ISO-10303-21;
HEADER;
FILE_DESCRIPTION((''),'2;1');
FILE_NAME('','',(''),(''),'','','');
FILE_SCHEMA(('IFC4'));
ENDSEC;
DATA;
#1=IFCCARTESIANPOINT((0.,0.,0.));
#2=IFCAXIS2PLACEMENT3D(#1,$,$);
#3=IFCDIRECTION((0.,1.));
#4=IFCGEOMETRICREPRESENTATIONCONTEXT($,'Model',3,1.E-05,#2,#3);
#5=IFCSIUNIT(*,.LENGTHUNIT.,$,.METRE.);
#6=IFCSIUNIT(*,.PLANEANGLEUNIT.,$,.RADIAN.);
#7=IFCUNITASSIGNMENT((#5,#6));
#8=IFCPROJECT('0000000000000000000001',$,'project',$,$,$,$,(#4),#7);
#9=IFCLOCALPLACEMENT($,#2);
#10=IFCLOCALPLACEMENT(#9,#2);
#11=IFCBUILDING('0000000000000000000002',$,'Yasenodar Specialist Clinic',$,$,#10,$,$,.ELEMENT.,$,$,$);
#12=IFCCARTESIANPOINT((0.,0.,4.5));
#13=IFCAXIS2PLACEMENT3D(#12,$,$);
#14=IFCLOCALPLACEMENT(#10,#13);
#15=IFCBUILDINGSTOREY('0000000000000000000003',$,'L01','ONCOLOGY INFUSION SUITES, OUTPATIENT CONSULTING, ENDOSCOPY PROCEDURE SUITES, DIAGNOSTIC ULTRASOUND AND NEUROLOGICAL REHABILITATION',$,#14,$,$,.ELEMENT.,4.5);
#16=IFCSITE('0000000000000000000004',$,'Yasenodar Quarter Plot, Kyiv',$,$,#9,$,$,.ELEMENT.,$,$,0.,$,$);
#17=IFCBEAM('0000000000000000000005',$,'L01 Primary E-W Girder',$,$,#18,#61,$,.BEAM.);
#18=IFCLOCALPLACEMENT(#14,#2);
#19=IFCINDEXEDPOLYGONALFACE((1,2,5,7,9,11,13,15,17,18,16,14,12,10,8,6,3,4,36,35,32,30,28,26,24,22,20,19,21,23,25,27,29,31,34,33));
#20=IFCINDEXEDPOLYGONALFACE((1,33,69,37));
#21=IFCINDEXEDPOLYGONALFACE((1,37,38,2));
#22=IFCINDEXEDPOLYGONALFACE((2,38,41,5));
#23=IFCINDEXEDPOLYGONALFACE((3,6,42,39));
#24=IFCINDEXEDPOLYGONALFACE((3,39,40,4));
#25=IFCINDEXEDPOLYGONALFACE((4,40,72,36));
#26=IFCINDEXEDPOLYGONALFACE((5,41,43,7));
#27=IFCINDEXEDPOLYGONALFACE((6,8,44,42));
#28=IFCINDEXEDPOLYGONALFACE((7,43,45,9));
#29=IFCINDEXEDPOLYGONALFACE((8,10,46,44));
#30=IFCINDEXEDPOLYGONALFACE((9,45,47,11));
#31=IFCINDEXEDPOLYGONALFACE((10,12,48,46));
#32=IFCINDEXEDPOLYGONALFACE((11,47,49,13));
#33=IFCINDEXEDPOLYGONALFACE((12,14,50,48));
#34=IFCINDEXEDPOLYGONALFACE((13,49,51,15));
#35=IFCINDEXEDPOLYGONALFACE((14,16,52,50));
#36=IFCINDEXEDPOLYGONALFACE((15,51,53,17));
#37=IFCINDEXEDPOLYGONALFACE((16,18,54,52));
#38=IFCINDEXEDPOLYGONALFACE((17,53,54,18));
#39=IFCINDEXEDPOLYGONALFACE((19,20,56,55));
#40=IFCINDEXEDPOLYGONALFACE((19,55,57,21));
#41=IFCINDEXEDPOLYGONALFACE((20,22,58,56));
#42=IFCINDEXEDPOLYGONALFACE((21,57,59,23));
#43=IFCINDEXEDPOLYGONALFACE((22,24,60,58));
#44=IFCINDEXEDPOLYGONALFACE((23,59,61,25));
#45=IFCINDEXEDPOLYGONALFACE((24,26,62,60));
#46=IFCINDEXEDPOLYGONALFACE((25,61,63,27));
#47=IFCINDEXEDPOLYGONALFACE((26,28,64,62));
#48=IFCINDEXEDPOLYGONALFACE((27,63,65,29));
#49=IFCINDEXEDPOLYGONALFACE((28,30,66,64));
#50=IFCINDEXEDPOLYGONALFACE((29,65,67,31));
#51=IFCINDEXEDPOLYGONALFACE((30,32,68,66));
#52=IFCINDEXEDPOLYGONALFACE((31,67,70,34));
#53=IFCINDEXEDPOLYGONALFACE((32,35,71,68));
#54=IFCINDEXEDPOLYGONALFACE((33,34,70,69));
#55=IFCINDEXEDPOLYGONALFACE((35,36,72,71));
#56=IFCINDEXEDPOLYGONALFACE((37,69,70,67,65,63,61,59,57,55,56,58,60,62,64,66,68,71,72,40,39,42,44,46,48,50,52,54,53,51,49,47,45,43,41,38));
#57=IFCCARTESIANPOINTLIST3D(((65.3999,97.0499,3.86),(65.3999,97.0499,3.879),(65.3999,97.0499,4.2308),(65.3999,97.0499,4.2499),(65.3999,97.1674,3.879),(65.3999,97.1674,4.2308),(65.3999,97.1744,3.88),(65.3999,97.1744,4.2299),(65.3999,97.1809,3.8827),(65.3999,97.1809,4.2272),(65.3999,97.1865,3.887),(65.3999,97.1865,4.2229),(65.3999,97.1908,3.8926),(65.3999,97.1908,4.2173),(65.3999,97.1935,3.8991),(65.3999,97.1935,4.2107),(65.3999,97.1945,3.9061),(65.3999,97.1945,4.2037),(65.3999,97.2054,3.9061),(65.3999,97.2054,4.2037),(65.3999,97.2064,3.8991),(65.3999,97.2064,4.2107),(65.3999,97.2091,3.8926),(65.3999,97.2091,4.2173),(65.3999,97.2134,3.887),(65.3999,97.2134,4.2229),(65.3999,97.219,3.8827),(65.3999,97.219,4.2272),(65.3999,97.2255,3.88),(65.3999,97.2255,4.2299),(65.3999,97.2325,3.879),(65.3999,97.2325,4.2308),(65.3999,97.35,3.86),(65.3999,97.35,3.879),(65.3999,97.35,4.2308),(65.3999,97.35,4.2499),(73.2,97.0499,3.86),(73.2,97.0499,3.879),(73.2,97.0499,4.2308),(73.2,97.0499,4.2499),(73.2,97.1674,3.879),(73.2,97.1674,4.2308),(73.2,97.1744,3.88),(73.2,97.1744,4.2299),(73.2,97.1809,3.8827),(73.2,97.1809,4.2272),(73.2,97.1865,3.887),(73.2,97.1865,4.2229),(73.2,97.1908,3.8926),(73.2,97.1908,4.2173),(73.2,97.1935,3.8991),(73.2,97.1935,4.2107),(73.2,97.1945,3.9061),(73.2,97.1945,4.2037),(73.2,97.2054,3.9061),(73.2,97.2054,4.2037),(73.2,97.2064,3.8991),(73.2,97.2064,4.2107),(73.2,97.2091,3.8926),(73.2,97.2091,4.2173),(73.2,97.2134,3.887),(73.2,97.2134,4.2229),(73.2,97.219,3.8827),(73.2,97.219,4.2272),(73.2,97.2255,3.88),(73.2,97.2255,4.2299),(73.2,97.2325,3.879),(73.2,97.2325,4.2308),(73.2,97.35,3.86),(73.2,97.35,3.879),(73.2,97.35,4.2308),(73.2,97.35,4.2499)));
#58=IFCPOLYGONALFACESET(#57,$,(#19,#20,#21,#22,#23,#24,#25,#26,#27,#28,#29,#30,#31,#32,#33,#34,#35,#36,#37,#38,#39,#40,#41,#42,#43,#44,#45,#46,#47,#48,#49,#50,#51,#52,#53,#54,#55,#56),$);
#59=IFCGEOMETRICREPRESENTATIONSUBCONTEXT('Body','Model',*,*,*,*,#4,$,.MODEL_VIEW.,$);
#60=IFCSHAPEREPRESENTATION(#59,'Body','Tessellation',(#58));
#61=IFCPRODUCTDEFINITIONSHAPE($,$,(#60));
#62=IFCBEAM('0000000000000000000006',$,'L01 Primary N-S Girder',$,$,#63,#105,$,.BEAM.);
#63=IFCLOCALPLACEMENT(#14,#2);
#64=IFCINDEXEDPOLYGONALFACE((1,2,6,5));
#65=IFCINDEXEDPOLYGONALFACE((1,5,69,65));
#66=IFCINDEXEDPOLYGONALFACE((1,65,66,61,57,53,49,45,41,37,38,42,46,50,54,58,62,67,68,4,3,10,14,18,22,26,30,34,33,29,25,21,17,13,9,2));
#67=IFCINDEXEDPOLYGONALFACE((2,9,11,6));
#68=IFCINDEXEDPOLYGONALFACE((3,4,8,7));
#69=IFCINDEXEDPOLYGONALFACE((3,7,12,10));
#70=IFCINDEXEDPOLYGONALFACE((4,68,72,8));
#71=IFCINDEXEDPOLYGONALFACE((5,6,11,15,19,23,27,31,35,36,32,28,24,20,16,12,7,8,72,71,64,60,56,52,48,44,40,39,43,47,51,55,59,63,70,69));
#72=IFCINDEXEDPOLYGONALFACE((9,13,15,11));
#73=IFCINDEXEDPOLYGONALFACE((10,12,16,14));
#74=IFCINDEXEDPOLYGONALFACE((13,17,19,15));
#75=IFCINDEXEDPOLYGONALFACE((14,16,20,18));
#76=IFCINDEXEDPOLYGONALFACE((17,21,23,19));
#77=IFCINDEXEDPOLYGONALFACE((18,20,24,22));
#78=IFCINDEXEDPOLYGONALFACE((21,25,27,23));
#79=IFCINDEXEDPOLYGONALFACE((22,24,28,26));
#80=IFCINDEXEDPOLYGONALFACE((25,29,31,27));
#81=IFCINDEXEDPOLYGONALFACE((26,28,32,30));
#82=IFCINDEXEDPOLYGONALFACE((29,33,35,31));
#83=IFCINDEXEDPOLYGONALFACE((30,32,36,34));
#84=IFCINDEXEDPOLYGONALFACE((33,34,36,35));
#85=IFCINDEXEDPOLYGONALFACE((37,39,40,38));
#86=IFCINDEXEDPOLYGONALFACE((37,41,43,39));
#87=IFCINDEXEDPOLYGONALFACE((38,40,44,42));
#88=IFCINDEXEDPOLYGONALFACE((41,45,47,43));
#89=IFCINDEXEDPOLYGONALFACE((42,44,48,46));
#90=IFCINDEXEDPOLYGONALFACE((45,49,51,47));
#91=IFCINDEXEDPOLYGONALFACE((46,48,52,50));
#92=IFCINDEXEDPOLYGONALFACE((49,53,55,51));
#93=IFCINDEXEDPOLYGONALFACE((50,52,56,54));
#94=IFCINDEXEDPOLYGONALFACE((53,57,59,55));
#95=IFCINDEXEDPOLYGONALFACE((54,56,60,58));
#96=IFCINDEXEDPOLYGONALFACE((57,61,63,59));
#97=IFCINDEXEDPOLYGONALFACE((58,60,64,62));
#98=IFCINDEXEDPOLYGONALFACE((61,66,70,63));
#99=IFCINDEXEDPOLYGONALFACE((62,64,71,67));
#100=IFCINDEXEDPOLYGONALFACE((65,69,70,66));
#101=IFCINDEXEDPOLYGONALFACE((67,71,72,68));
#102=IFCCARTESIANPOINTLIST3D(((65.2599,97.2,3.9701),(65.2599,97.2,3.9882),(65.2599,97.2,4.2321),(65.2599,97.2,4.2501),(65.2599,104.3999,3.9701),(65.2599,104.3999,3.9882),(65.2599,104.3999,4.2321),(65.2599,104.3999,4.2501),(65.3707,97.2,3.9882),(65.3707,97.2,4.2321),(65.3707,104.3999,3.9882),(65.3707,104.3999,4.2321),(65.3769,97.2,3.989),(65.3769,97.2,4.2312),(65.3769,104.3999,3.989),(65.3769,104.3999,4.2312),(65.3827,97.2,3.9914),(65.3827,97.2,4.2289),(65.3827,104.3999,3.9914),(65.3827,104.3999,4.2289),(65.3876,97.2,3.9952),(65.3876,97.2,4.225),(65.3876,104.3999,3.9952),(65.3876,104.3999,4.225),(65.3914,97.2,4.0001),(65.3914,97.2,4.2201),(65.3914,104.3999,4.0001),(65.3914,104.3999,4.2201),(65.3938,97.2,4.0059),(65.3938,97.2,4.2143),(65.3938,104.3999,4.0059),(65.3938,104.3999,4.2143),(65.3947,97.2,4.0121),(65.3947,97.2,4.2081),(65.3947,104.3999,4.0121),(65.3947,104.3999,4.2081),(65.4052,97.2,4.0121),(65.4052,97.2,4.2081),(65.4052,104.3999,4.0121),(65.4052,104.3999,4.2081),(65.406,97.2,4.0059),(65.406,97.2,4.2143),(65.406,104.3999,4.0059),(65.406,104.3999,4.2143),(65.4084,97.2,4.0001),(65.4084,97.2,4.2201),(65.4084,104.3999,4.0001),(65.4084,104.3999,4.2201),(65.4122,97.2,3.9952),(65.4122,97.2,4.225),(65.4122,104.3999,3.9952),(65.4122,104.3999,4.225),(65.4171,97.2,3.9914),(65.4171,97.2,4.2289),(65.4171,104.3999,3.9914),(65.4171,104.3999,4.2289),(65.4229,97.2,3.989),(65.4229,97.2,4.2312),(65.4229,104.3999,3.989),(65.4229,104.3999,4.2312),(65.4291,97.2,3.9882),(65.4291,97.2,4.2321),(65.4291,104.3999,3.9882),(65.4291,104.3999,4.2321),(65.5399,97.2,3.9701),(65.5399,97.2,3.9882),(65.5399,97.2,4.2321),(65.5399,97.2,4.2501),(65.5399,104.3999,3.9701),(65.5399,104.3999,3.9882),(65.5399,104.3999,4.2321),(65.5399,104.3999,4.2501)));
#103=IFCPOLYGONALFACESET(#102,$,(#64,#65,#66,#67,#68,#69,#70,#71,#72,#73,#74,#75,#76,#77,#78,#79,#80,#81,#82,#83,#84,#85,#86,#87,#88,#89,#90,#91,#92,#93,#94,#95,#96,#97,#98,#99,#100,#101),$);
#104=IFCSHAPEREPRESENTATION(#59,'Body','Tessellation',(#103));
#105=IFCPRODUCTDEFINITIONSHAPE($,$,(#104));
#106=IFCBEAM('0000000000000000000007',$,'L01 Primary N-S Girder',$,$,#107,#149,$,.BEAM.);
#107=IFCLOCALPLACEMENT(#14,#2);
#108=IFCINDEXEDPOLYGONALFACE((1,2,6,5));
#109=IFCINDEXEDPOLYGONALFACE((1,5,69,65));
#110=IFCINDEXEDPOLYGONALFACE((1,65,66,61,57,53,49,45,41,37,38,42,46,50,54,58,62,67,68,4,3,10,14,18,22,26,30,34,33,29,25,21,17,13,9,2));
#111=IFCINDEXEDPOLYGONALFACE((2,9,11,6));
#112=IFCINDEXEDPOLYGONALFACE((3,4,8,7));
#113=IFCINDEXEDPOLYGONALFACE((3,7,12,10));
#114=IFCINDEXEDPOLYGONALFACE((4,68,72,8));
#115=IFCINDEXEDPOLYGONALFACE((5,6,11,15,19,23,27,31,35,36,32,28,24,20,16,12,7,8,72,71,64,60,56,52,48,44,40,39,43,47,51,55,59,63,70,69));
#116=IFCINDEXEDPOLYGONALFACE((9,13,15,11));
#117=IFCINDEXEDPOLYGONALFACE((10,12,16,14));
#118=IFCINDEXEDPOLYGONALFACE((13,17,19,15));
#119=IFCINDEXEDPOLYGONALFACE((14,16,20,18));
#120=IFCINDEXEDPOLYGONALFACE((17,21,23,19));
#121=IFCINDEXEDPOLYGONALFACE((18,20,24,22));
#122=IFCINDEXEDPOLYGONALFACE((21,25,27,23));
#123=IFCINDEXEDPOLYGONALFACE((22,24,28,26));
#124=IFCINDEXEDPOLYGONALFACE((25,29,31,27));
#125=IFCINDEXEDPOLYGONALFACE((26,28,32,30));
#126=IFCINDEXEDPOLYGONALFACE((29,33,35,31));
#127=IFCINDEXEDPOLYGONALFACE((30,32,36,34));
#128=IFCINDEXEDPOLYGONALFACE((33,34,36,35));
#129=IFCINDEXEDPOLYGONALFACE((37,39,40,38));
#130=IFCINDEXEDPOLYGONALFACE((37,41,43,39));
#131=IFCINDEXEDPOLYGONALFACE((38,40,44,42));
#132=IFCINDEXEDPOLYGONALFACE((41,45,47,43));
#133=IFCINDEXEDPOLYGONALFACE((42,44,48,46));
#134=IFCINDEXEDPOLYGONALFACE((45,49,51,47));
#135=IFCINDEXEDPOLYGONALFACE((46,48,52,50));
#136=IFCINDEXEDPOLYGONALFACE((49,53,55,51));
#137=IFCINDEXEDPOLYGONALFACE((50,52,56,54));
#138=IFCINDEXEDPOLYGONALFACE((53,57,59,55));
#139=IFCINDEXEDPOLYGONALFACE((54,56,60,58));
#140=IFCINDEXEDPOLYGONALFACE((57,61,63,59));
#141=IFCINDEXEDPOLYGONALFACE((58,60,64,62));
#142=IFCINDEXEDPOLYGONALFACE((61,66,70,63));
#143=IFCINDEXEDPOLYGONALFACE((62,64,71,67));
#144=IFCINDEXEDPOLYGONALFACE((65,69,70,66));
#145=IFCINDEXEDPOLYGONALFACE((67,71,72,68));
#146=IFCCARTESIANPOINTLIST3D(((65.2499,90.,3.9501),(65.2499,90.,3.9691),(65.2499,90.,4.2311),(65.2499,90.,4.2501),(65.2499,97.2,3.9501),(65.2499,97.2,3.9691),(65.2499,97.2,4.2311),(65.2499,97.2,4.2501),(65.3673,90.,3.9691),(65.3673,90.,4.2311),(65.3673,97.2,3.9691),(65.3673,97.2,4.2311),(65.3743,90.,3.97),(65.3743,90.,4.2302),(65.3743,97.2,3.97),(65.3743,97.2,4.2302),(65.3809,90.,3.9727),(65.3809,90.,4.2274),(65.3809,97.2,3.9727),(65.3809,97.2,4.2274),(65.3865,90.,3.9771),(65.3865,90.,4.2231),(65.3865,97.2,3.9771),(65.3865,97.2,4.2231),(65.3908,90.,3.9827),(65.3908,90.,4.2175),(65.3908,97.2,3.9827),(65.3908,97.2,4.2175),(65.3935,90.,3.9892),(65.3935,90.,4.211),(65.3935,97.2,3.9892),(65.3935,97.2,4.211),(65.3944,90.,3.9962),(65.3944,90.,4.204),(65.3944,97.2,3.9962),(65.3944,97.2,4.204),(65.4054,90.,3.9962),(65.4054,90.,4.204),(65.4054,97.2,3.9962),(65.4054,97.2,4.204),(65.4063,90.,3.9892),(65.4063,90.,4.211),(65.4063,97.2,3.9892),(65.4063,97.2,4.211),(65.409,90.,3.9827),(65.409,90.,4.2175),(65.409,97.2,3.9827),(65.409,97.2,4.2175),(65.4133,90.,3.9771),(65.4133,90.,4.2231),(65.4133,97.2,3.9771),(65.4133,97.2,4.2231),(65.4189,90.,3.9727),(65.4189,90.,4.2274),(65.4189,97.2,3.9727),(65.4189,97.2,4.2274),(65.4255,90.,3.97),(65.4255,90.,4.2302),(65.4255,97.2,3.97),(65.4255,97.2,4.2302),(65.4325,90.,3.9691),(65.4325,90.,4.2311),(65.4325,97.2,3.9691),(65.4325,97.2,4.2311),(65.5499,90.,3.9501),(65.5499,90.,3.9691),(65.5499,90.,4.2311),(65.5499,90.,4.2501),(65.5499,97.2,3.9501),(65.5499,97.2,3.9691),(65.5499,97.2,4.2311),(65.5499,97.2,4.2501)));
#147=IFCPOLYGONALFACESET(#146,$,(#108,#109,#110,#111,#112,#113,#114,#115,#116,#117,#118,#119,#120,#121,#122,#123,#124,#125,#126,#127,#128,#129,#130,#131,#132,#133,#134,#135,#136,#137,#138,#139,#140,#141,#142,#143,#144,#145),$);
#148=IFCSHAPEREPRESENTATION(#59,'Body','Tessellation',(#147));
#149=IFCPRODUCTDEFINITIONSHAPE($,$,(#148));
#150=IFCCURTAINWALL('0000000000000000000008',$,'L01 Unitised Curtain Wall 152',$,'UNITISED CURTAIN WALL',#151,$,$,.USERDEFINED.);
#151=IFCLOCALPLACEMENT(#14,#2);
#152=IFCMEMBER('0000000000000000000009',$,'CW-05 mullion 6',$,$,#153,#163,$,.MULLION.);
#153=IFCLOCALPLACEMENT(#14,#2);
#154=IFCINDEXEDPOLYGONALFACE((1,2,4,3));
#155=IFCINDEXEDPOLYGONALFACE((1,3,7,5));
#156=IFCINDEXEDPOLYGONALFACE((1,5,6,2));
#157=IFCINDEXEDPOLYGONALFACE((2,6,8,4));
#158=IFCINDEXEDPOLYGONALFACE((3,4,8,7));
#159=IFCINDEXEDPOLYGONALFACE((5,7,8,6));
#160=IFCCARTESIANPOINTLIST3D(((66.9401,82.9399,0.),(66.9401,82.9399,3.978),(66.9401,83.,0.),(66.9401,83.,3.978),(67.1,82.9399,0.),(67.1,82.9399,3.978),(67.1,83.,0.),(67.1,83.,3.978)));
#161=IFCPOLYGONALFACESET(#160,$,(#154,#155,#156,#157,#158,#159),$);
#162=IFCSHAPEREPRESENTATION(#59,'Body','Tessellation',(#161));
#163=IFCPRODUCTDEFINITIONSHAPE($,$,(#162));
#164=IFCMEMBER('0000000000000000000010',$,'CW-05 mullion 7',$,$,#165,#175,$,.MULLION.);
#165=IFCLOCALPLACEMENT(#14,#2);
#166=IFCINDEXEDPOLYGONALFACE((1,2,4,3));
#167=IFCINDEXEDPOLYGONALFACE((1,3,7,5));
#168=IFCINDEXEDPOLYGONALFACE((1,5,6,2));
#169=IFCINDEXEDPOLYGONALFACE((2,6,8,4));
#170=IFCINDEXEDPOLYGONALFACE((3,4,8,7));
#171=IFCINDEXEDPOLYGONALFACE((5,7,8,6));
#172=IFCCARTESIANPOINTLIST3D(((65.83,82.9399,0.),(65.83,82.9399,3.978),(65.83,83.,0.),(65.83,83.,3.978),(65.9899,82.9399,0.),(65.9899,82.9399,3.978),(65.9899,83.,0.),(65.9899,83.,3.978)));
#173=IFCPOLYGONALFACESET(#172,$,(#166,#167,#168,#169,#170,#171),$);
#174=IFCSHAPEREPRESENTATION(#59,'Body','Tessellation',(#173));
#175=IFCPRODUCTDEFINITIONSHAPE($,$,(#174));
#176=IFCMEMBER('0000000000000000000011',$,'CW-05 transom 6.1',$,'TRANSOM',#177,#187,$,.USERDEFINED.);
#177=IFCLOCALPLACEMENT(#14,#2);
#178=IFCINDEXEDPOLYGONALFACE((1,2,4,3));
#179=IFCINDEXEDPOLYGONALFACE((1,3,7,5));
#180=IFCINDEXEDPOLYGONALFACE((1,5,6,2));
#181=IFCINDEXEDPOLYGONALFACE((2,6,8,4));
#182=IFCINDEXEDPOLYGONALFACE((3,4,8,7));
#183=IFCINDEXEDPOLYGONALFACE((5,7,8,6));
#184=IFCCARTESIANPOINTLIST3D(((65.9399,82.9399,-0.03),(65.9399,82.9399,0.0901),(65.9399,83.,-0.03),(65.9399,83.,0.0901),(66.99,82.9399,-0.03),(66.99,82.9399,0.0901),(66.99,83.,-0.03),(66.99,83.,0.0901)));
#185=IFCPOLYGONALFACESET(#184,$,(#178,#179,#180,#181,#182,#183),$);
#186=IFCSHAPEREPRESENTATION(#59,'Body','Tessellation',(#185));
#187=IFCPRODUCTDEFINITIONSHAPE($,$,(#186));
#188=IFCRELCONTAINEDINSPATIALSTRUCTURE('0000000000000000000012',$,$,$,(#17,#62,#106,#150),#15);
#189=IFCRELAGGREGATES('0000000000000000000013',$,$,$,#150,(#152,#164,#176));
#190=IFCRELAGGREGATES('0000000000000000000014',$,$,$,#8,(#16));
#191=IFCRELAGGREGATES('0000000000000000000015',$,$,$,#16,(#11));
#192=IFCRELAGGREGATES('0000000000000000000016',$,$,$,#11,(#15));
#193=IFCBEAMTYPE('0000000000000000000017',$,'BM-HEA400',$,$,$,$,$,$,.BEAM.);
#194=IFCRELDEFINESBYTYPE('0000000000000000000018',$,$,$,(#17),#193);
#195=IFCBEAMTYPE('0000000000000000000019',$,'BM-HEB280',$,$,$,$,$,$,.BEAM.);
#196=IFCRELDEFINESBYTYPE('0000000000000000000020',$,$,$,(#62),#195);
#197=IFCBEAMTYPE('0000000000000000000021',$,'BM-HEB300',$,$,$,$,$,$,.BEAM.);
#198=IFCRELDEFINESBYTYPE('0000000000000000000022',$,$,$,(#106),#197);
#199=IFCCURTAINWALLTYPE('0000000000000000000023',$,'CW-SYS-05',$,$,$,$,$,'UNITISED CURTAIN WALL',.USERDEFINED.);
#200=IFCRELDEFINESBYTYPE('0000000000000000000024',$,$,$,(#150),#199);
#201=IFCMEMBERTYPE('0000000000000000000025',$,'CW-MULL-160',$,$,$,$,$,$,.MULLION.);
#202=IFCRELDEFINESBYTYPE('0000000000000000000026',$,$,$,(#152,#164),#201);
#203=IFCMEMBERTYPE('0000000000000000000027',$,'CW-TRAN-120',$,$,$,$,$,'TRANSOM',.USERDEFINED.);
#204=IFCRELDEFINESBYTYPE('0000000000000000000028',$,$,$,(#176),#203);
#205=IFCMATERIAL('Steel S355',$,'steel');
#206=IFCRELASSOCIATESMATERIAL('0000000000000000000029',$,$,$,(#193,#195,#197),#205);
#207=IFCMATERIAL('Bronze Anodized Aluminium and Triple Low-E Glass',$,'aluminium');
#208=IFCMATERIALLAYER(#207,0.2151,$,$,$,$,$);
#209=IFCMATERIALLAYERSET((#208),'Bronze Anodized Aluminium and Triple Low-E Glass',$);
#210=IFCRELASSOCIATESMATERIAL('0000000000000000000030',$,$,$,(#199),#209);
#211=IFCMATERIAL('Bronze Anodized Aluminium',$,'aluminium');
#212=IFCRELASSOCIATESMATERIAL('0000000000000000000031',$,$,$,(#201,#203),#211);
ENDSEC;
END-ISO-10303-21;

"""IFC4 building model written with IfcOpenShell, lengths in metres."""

from ifc_helpers import new_model, si_unit, direction, frame, origin, origin_2d, place, context, subcontext, project, spatial, rectangle, i_section, extrude, material, layer, layer_set, material_profile, profile_set, type_object, element, aggregate, save


model = new_model("IFC4")

# Units and contexts
model_context = context("Model", 3, precision=1e-05, world=origin(), true_north=direction((0.0, 1.0)))
body_context = subcontext(model_context, "Body", "Model", "MODEL_VIEW")
ifc_project = project(units=[si_unit("LENGTHUNIT", "METRE"), si_unit("PLANEANGLEUNIT", "RADIAN")], contexts=[model_context])

# Site, building, storey
site_placement = place(None, origin())
site = spatial("IfcSite", under=ifc_project, at=site_placement, Name="Yasenodar Quarter Plot, Kyiv", CompositionType="ELEMENT", RefElevation=0.0)
building_placement = place(site_placement, origin())
building = spatial("IfcBuilding", under=site, at=building_placement, Name="Yasenodar Specialist Clinic", CompositionType="ELEMENT")
storey_placement = place(building_placement, frame((0.0, 0.0, 4.5)))
storey = spatial("IfcBuildingStorey", under=building, at=storey_placement, Name="L01", Description="ONCOLOGY INFUSION SUITES, OUTPATIENT CONSULTING, ENDOSCOPY PROCEDURE SUITES, DIAGNOSTIC ULTRASOUND AND NEUROLOGICAL REHABILITATION", CompositionType="ELEMENT", Elevation=4.5)

# Shared definitions
ifc_material_1 = material(Name="Steel S355", Category="steel")

# Beams
ifc_material_profile_1 = material_profile(ifc_material_1, i_section(OverallWidth=0.3, OverallDepth=0.3899, WebThickness=0.011, FlangeThickness=0.019, FilletRadius=0.0271, at=origin_2d()), Name="HEA 400")
ifc_profile_set_1 = profile_set([ifc_material_profile_1], Name="Steel S355")
beam_type_1 = type_object("IfcBeamType", Name="BM-HEA400", PredefinedType="BEAM", material=ifc_profile_set_1)
beam_1_placement = place(storey_placement, frame((65.3999, 97.2, 4.0549), z_axis=(1.0, 0.0, 0.0), x_axis=(0.0, 1.0, 0.0)))
element("IfcBeam", 1, at=beam_1_placement, inside=storey, type_object=beam_type_1, Name="L01 Primary E-W Girder", PredefinedType="BEAM", context=body_context, shape_type="SweptSolid", body=[
    extrude(i_section(OverallWidth=0.3, OverallDepth=0.3899, WebThickness=0.011, FlangeThickness=0.019, FilletRadius=0.0271, at=origin_2d()), origin(), (0.0, 0.0, 1.0), 7.8),
])
ifc_material_profile_2 = material_profile(ifc_material_1, i_section(OverallWidth=0.28, OverallDepth=0.28, WebThickness=0.0105, FlangeThickness=0.0181, FilletRadius=0.0239, at=origin_2d()), Name="HEB 280")
ifc_profile_set_2 = profile_set([ifc_material_profile_2], Name="Steel S355")
beam_type_2 = type_object("IfcBeamType", Name="BM-HEB280", PredefinedType="BEAM", material=ifc_profile_set_2)
beam_2_placement = place(storey_placement, frame((65.3999, 97.2, 4.1101), z_axis=(0.0, 1.0, 0.0), x_axis=(-1.0, 0.0, 0.0)))
element("IfcBeam", 2, at=beam_2_placement, inside=storey, type_object=beam_type_2, Name="L01 Primary N-S Girder", PredefinedType="BEAM", context=body_context, shape_type="SweptSolid", body=[
    extrude(i_section(OverallWidth=0.28, OverallDepth=0.28, WebThickness=0.0105, FlangeThickness=0.0181, FilletRadius=0.0239, at=origin_2d()), origin(), (0.0, 0.0, 1.0), 7.2),
])
ifc_material_profile_3 = material_profile(ifc_material_1, i_section(OverallWidth=0.3, OverallDepth=0.3, WebThickness=0.011, FlangeThickness=0.019, FilletRadius=0.0271, at=origin_2d()), Name="HEB 300")
ifc_profile_set_3 = profile_set([ifc_material_profile_3], Name="Steel S355")
beam_type_3 = type_object("IfcBeamType", Name="BM-HEB300", PredefinedType="BEAM", material=ifc_profile_set_3)
beam_3_placement = place(storey_placement, frame((65.3999, 90.0, 4.1001), z_axis=(0.0, 1.0, 0.0), x_axis=(-1.0, 0.0, 0.0)))
element("IfcBeam", 3, at=beam_3_placement, inside=storey, type_object=beam_type_3, Name="L01 Primary N-S Girder", PredefinedType="BEAM", context=body_context, shape_type="SweptSolid", body=[
    extrude(i_section(OverallWidth=0.3, OverallDepth=0.3, WebThickness=0.011, FlangeThickness=0.019, FilletRadius=0.0271, at=origin_2d()), origin(), (0.0, 0.0, 1.0), 7.2),
])

# Curtain wall, members
ifc_material_2 = material(Name="Bronze Anodized Aluminium and Triple Low-E Glass", Category="aluminium")
ifc_layer_1 = layer(ifc_material_2, 0.2151)
ifc_layer_set_1 = layer_set([ifc_layer_1], Name="Bronze Anodized Aluminium and Triple Low-E Glass")
curtain_wall_type = type_object("IfcCurtainWallType", Name="CW-SYS-05", ElementType="UNITISED CURTAIN WALL", PredefinedType="USERDEFINED", material=ifc_layer_set_1)
curtain_wall_placement = place(storey_placement, origin())
curtain_wall = element("IfcCurtainWall", 4, at=curtain_wall_placement, inside=storey, type_object=curtain_wall_type, Name="L01 Unitised Curtain Wall 152", ObjectType="UNITISED CURTAIN WALL", PredefinedType="USERDEFINED")
ifc_material_3 = material(Name="Bronze Anodized Aluminium", Category="aluminium")
ifc_material_profile_4 = material_profile(ifc_material_3, rectangle(XDim=0.0601, YDim=0.1599, at=origin_2d()), Name="CW-MULL 60x160")
ifc_profile_set_4 = profile_set([ifc_material_profile_4], Name="Bronze Anodized Aluminium")
member_type_1 = type_object("IfcMemberType", Name="CW-MULL-160", PredefinedType="MULLION", material=ifc_profile_set_4)
member_1_placement = place(storey_placement, frame((67.02, 82.97, 0.0), z_axis=(0.0, 0.0, 1.0), x_axis=(0.0, -1.0, 0.0)))
member_1 = element("IfcMember", 5, at=member_1_placement, type_object=member_type_1, Name="CW-05 mullion 6", PredefinedType="MULLION", context=body_context, shape_type="SweptSolid", body=[
    extrude(rectangle(XDim=0.0601, YDim=0.1599, at=origin_2d()), origin(), (0.0, 0.0, 1.0), 3.978),
])
member_2_placement = place(storey_placement, frame((65.9099, 82.97, 0.0), z_axis=(0.0, 0.0, 1.0), x_axis=(0.0, -1.0, 0.0)))
member_2 = element("IfcMember", 6, at=member_2_placement, type_object=member_type_1, Name="CW-05 mullion 7", PredefinedType="MULLION", context=body_context, shape_type="SweptSolid", body=[
    extrude(rectangle(XDim=0.0601, YDim=0.1599, at=origin_2d()), origin(), (0.0, 0.0, 1.0), 3.978),
])
ifc_material_profile_5 = material_profile(ifc_material_3, rectangle(XDim=0.0601, YDim=0.1201, at=origin_2d()), Name="CW-TRAN 60x120")
ifc_profile_set_5 = profile_set([ifc_material_profile_5], Name="Bronze Anodized Aluminium")
member_type_2 = type_object("IfcMemberType", Name="CW-TRAN-120", ElementType="TRANSOM", PredefinedType="USERDEFINED", material=ifc_profile_set_5)
member_3_placement = place(storey_placement, frame((66.99, 82.97, 0.03), z_axis=(-1.0, 0.0, 0.0), x_axis=(0.0, -1.0, 0.0)))
member_3 = element("IfcMember", 7, at=member_3_placement, type_object=member_type_2, Name="CW-05 transom 6.1", ObjectType="TRANSOM", PredefinedType="USERDEFINED", context=body_context, shape_type="SweptSolid", body=[
    extrude(rectangle(XDim=0.0601, YDim=0.1201, at=origin_2d()), origin(), (0.0, 0.0, 1.0), 1.05),
])

aggregate(curtain_wall, [member_1, member_2, member_3])

save(model, "model.ifc")
